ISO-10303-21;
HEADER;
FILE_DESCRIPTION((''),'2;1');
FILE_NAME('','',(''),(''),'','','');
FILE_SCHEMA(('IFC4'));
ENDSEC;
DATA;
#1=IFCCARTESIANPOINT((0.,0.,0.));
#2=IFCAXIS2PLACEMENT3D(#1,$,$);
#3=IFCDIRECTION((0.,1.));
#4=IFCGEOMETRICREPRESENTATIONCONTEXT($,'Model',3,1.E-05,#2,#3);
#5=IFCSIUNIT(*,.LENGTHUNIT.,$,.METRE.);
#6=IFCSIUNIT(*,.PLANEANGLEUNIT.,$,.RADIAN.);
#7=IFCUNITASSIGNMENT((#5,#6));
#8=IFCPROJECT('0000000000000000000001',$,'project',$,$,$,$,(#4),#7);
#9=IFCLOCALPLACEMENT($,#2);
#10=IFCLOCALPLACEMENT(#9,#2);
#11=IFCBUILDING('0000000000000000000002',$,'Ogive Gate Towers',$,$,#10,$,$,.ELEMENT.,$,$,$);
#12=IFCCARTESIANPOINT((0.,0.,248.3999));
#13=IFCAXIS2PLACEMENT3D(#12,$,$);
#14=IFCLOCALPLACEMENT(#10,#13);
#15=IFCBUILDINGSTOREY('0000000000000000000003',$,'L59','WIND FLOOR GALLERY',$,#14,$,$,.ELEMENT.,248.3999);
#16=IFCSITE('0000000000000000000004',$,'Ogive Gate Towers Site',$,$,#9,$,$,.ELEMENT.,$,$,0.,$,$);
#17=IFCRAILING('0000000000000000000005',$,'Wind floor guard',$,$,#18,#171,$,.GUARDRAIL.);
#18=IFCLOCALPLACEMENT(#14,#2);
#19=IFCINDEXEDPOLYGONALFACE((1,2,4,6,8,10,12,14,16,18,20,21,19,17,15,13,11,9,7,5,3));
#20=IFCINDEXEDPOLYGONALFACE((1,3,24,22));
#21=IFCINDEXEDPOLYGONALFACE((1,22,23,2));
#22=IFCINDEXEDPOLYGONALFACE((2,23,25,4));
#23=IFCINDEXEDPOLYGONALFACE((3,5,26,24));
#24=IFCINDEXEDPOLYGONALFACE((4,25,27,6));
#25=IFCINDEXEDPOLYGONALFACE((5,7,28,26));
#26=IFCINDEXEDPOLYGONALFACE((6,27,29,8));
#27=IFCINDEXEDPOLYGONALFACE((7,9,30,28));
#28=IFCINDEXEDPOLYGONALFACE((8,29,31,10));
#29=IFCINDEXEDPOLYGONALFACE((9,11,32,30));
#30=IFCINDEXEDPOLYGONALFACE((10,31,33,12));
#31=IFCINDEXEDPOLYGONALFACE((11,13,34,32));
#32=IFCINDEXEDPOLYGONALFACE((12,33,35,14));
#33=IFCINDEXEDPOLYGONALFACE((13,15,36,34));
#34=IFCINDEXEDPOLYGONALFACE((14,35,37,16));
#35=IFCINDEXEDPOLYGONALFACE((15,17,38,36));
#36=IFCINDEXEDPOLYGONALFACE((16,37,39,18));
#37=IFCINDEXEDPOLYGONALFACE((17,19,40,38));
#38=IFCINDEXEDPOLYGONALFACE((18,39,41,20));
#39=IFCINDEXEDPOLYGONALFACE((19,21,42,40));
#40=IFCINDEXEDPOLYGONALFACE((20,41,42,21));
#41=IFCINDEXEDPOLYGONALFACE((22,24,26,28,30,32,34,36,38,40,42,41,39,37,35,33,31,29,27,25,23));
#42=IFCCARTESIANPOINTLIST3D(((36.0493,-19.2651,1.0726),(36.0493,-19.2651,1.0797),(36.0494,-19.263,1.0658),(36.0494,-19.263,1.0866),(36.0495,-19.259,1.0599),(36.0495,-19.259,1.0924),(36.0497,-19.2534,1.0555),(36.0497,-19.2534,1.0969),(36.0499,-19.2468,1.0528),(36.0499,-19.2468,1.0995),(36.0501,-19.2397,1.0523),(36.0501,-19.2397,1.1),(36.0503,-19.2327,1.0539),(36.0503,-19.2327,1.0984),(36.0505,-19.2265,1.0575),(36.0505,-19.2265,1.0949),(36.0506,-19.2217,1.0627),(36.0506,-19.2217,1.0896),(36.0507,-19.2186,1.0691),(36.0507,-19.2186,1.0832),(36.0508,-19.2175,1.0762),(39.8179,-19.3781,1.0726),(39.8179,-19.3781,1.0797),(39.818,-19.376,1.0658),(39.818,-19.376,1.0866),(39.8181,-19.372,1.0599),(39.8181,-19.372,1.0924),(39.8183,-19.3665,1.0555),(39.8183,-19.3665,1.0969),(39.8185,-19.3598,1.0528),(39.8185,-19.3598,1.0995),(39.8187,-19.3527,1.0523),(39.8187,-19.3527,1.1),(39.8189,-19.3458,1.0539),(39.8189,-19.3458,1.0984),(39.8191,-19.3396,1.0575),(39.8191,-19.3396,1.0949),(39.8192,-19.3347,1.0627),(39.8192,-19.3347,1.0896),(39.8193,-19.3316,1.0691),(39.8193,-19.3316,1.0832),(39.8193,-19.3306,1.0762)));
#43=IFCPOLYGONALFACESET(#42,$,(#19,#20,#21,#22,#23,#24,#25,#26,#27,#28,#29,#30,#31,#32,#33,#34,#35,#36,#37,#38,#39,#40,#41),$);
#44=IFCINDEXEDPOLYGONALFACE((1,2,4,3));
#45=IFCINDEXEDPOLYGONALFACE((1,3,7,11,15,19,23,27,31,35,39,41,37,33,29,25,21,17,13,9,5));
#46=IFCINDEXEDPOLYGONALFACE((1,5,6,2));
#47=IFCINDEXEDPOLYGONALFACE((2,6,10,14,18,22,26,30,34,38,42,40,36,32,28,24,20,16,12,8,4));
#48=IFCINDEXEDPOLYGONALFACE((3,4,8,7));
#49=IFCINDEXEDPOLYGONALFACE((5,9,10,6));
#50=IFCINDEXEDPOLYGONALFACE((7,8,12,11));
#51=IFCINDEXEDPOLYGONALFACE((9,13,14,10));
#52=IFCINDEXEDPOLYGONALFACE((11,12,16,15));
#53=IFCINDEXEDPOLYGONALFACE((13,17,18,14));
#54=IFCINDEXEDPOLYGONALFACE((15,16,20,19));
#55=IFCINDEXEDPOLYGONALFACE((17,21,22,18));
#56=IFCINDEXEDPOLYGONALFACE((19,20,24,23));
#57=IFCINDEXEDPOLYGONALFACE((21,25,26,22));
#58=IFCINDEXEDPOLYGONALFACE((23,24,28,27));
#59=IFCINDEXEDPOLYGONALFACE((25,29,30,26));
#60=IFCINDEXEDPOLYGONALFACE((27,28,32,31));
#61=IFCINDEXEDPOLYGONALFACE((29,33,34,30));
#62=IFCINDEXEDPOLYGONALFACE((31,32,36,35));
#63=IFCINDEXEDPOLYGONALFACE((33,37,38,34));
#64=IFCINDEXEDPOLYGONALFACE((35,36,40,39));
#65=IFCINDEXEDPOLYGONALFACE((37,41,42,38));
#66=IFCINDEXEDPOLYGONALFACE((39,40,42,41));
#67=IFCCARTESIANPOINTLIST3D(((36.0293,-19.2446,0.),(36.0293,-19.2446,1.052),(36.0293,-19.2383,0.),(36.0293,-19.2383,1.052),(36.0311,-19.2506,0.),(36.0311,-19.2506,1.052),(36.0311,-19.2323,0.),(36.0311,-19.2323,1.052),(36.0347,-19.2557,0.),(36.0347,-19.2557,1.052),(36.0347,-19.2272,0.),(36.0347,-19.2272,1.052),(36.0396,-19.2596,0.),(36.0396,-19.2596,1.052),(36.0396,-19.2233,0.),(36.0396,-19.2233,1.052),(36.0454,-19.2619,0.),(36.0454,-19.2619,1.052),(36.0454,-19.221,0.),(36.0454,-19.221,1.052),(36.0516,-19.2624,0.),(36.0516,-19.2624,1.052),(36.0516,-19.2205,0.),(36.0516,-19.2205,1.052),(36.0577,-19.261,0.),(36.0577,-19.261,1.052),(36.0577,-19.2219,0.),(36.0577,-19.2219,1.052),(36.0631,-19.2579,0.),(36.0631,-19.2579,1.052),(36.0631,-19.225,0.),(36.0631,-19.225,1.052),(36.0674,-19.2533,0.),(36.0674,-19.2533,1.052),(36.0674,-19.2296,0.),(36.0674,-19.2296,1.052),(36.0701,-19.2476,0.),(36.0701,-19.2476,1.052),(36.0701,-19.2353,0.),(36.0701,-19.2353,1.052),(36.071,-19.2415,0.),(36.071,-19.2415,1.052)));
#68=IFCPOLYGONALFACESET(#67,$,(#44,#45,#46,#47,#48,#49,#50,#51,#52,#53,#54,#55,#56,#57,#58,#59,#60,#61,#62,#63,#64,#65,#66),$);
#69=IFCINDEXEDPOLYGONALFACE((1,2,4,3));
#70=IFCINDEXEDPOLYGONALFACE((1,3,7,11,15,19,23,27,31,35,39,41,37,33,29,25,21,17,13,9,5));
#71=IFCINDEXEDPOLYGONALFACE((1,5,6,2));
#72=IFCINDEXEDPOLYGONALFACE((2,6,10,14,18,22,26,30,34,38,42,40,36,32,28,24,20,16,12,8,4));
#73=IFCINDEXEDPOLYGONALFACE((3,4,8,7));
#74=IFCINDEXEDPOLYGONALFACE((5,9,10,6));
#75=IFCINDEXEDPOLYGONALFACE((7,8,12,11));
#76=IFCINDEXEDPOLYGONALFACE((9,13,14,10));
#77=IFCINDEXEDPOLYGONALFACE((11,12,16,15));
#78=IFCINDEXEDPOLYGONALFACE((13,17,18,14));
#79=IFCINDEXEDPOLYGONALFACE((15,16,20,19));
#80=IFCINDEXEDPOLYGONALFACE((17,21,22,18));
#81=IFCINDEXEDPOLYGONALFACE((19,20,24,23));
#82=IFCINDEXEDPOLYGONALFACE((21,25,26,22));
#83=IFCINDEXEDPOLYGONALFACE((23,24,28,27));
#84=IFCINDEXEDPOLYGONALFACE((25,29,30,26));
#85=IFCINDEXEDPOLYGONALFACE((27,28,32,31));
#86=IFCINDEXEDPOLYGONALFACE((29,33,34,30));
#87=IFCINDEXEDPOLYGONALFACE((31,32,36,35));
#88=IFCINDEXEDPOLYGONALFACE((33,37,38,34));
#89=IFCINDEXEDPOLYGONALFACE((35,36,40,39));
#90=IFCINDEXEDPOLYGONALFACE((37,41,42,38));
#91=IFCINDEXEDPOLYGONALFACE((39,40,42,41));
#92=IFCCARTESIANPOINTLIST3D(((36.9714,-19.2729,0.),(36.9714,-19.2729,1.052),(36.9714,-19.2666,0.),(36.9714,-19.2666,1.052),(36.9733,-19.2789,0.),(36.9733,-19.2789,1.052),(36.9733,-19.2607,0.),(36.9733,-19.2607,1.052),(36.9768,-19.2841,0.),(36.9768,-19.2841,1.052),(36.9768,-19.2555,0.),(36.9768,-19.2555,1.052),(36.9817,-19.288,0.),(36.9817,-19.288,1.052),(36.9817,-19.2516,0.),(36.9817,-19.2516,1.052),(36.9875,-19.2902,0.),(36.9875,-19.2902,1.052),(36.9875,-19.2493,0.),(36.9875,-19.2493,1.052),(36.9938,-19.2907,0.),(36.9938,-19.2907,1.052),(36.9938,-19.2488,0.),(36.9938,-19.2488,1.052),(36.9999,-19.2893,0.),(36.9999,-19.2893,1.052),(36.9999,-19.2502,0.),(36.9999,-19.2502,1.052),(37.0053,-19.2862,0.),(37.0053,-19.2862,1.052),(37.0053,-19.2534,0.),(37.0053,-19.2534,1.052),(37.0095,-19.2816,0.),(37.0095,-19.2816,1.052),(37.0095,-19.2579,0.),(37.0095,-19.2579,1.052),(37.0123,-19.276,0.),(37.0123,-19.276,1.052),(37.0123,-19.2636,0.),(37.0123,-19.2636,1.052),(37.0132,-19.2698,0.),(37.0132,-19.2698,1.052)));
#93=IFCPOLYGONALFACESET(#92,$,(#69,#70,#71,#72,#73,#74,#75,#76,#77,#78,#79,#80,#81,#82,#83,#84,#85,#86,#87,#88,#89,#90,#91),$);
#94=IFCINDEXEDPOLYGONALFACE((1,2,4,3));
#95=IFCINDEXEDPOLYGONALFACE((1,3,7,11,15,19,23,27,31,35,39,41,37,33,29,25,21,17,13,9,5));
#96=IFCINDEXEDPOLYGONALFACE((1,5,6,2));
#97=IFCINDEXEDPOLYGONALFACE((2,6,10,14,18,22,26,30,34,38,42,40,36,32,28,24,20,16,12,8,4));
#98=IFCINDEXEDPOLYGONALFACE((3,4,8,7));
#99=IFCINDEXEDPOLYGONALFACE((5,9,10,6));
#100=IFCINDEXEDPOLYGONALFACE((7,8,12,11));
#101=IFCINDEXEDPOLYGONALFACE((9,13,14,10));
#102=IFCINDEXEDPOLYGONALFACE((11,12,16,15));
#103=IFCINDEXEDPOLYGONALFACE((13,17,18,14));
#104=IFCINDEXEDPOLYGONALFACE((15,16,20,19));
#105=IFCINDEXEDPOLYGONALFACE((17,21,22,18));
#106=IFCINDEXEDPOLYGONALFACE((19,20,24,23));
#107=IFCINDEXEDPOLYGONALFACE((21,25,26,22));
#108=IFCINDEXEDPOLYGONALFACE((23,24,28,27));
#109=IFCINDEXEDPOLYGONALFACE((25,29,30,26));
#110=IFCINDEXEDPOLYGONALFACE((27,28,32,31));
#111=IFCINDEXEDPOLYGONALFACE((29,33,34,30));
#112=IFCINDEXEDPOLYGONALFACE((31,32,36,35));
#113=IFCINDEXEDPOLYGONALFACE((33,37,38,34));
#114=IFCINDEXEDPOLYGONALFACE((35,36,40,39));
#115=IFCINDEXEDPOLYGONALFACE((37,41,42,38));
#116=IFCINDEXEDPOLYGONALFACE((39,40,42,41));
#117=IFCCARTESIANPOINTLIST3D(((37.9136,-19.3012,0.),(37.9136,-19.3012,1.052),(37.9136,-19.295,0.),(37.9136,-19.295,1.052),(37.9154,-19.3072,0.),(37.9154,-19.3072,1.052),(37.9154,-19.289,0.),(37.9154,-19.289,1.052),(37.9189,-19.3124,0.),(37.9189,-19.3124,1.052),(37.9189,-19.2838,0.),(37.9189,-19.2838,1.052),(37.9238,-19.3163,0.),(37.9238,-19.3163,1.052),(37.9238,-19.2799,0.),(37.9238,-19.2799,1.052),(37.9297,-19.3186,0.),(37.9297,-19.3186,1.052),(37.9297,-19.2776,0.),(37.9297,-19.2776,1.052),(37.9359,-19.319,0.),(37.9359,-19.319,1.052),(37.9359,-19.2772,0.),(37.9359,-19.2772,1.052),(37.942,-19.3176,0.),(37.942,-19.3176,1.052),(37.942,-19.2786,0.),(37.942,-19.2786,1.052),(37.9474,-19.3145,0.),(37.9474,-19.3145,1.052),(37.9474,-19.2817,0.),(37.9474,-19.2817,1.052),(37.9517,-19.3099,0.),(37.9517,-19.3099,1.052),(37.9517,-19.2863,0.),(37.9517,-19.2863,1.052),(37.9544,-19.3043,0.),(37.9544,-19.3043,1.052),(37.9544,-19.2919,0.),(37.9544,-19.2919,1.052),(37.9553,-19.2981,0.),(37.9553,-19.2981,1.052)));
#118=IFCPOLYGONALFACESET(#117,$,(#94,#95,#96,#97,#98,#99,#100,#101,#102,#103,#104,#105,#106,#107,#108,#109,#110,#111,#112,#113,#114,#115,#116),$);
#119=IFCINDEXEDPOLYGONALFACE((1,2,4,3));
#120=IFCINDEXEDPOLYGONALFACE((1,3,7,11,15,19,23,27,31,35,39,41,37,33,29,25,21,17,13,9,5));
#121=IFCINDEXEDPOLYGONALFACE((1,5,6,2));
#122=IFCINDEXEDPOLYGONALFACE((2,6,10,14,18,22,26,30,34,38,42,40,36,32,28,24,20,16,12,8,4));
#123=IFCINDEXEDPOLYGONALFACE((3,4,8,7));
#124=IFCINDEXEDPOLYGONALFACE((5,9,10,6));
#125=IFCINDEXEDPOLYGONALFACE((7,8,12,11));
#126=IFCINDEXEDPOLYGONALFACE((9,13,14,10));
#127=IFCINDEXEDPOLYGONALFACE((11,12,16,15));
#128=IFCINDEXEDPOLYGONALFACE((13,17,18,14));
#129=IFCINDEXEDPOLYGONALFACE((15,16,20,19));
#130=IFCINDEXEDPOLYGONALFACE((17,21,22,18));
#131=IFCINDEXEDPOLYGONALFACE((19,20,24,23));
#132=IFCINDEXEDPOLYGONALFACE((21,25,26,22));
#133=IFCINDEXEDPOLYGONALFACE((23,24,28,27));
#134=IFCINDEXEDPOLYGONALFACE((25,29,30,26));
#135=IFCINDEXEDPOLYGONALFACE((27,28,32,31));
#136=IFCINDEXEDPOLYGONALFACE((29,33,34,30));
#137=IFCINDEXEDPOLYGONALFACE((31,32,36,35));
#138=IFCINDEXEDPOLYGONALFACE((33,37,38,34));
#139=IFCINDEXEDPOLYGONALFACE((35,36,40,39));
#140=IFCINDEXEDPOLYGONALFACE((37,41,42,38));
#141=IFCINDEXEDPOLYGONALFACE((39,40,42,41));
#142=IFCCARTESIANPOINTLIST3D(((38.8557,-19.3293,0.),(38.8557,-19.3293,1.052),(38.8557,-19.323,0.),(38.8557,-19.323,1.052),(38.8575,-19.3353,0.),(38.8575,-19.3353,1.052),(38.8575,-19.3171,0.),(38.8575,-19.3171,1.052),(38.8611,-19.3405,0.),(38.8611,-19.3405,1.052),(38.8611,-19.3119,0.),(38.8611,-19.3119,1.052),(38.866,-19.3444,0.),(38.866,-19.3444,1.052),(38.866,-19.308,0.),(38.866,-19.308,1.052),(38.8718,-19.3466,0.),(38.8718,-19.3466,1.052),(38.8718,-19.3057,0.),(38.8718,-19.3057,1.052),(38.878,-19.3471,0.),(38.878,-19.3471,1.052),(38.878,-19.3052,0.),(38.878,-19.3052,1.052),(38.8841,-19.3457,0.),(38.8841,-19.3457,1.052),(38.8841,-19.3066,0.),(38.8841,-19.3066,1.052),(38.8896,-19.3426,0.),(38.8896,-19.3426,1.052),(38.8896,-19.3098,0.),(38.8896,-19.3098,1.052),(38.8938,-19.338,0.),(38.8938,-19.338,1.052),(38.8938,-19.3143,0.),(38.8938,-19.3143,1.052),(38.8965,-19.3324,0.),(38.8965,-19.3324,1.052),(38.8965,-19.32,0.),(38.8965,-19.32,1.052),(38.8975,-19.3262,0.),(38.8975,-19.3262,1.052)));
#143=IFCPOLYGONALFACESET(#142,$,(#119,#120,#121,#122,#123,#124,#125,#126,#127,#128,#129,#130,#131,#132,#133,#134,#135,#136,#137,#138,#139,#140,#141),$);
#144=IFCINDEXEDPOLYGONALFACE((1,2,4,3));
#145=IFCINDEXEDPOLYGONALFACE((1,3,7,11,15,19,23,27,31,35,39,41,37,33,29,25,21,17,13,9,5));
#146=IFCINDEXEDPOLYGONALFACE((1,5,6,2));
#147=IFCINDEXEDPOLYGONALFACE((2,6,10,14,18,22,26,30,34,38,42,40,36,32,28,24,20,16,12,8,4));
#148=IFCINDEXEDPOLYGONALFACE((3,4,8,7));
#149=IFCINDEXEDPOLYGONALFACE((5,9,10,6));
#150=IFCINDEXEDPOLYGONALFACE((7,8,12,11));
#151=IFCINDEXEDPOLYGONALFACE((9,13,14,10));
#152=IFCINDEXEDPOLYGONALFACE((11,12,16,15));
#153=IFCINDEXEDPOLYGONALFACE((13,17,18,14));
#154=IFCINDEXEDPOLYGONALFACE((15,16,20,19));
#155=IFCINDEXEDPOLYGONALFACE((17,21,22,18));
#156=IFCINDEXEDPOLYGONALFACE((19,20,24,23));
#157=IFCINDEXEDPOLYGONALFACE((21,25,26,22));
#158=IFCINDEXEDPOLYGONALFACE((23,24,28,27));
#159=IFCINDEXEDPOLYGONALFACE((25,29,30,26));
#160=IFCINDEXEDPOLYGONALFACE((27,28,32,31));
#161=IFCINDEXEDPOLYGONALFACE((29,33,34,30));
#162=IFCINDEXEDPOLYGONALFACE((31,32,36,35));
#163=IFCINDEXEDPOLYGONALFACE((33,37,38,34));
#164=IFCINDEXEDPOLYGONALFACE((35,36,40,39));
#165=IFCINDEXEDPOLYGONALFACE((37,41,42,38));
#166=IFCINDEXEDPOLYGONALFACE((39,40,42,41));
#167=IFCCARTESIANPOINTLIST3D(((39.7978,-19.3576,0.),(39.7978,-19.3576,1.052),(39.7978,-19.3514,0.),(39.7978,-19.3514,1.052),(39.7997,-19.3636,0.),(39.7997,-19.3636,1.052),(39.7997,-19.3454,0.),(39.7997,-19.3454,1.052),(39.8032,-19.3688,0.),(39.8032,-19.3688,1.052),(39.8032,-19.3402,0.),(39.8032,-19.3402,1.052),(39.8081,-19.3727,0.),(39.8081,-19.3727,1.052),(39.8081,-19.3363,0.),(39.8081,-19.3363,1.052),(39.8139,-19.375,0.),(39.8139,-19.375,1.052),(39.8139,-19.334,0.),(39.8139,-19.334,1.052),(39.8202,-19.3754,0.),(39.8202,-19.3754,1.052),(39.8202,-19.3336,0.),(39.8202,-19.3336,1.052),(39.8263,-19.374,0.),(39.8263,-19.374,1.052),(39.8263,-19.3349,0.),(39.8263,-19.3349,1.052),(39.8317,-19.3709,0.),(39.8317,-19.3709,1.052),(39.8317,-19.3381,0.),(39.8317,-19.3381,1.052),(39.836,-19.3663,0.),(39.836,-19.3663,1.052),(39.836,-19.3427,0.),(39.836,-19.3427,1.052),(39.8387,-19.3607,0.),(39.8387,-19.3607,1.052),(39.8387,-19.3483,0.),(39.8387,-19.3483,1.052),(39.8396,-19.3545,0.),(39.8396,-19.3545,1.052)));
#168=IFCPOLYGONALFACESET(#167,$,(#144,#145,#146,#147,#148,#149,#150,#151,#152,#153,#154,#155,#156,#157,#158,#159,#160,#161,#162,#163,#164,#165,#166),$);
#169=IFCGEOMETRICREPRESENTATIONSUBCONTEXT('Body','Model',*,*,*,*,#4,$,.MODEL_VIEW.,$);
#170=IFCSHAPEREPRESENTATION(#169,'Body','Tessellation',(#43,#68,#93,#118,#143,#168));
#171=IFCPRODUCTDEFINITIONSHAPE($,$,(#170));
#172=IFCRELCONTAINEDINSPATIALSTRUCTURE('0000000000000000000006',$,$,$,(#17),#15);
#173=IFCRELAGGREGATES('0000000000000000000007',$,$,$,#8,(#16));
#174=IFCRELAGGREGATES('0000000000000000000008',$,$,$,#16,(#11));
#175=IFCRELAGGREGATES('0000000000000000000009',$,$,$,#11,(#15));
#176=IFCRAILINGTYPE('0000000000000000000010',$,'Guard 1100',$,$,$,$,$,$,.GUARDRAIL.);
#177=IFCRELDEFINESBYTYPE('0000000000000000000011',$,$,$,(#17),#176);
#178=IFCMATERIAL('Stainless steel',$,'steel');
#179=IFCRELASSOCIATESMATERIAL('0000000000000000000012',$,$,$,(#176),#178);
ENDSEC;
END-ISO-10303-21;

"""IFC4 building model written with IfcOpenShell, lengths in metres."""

from ifc_helpers import new_model, si_unit, direction, frame, origin, origin_2d, place, context, subcontext, project, spatial, circle, extrude, material, type_object, element, save


model = new_model("IFC4")

# Units and contexts
model_context = context("Model", 3, precision=1e-05, world=origin(), true_north=direction((0.0, 1.0)))
body_context = subcontext(model_context, "Body", "Model", "MODEL_VIEW")
ifc_project = project(units=[si_unit("LENGTHUNIT", "METRE"), si_unit("PLANEANGLEUNIT", "RADIAN")], contexts=[model_context])

# Site, building, storey
site_placement = place(None, origin())
site = spatial("IfcSite", under=ifc_project, at=site_placement, Name="Ogive Gate Towers Site", CompositionType="ELEMENT", RefElevation=0.0)
building_placement = place(site_placement, origin())
building = spatial("IfcBuilding", under=site, at=building_placement, Name="Ogive Gate Towers", CompositionType="ELEMENT")
storey_placement = place(building_placement, frame((0.0, 0.0, 248.3999)))
storey = spatial("IfcBuildingStorey", under=building, at=storey_placement, Name="L59", Description="WIND FLOOR GALLERY", CompositionType="ELEMENT", Elevation=248.3999)

# Railing
ifc_material_1 = material(Name="Stainless steel", Category="steel")
railing_type_1 = type_object("IfcRailingType", Name="Guard 1100", PredefinedType="GUARDRAIL", material=ifc_material_1)
railing_1_placement = place(storey_placement, frame((36.05, -19.2415, 0.0)))
element("IfcRailing", 1, at=railing_1_placement, inside=storey, type_object=railing_type_1, Name="Wind floor guard", PredefinedType="GUARDRAIL", context=body_context, shape_type="SweptSolid", body=[
    extrude(circle(Radius=0.0239, at=origin_2d()), frame((0.0, 0.0, 1.0762), z_axis=(0.99955, -0.029981, 0.0), x_axis=(0.029981, 0.99955, 0.0)), (0.0, 0.0, 1.0), 3.7703),
    extrude(circle(Radius=0.021, at=origin_2d()), origin(), (0.0, 0.0, 1.0), 1.052),
    extrude(circle(Radius=0.021, at=origin_2d()), frame((0.9421, -0.0283, 0.0)), (0.0, 0.0, 1.0), 1.052),
    extrude(circle(Radius=0.021, at=origin_2d()), frame((1.8843, -0.0566, 0.0)), (0.0, 0.0, 1.0), 1.052),
    extrude(circle(Radius=0.021, at=origin_2d()), frame((2.8264, -0.0847, 0.0)), (0.0, 0.0, 1.0), 1.052),
    extrude(circle(Radius=0.021, at=origin_2d()), frame((3.7686, -0.113, 0.0)), (0.0, 0.0, 1.0), 1.052),
])

save(model, "model.ifc")
